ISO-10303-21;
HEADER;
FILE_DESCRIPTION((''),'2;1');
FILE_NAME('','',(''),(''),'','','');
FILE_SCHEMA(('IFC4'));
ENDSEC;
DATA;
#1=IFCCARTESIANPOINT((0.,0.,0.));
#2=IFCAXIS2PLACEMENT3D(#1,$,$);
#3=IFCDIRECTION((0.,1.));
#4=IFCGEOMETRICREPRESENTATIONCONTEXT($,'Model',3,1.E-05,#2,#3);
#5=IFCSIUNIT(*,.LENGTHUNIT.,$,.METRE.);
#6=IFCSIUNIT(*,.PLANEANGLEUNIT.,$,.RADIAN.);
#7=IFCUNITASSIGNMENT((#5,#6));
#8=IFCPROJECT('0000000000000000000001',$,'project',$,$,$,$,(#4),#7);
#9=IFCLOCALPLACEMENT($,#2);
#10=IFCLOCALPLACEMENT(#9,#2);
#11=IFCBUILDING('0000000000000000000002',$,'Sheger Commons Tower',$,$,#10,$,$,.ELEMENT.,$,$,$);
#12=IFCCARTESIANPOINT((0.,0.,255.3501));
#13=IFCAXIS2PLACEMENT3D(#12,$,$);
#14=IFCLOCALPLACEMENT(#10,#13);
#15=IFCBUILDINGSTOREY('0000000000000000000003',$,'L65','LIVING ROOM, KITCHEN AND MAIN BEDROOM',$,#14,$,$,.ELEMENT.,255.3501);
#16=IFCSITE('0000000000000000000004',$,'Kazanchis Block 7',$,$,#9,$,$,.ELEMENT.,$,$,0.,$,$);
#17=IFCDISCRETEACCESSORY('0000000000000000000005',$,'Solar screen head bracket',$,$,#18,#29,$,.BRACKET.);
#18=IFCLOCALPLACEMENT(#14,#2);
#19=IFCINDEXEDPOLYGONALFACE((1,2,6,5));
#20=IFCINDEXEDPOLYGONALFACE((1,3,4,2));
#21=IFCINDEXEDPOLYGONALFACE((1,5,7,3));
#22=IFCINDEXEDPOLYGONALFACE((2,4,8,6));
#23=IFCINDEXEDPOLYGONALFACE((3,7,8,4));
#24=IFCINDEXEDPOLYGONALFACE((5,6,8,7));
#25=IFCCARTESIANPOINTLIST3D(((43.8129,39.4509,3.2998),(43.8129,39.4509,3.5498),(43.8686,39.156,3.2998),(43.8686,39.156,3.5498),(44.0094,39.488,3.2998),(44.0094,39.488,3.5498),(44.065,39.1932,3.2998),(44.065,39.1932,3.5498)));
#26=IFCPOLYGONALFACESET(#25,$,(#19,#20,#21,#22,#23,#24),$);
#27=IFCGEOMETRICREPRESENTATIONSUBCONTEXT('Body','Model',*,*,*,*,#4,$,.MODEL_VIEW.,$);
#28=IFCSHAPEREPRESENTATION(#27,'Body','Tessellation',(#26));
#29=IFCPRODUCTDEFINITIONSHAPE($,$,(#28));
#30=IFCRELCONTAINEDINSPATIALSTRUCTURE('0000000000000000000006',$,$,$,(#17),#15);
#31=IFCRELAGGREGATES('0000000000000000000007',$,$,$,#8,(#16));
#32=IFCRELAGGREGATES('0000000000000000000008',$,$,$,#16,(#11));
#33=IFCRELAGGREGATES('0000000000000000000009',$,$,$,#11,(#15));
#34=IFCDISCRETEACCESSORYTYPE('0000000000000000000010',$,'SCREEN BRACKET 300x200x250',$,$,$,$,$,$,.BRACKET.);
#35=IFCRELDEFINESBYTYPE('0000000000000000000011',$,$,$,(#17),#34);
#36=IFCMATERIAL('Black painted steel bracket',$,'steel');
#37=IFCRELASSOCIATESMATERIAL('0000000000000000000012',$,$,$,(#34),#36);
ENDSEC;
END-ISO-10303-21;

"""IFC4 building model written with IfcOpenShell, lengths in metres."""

from ifc_helpers import new_model, si_unit, direction, frame, origin, origin_2d, place, context, subcontext, project, spatial, rectangle, extrude, material, type_object, element, save


model = new_model("IFC4")

# Units and contexts
model_context = context("Model", 3, precision=1e-05, world=origin(), true_north=direction((0.0, 1.0)))
body_context = subcontext(model_context, "Body", "Model", "MODEL_VIEW")
ifc_project = project(units=[si_unit("LENGTHUNIT", "METRE"), si_unit("PLANEANGLEUNIT", "RADIAN")], contexts=[model_context])

# Site, building, storey
site_placement = place(None, origin())
site = spatial("IfcSite", under=ifc_project, at=site_placement, Name="Kazanchis Block 7", CompositionType="ELEMENT", RefElevation=0.0)
building_placement = place(site_placement, origin())
building = spatial("IfcBuilding", under=site, at=building_placement, Name="Sheger Commons Tower", CompositionType="ELEMENT")
storey_placement = place(building_placement, frame((0.0, 0.0, 255.3501)))
storey = spatial("IfcBuildingStorey", under=building, at=storey_placement, Name="L65", Description="LIVING ROOM, KITCHEN AND MAIN BEDROOM", CompositionType="ELEMENT", Elevation=255.3501)

# Discrete accessory
ifc_material_1 = material(Name="Black painted steel bracket", Category="steel")
discrete_accessory_type = type_object("IfcDiscreteAccessoryType", Name="SCREEN BRACKET 300x200x250", PredefinedType="BRACKET", material=ifc_material_1)
for number, where, z_axis, x_axis, name in (
    (1, (43.939, 39.322, 3.2998), (0.0, 0.0, 1.0), (-0.185615, 0.982623, 0.0), "Solar screen head bracket"),
):
    element("IfcDiscreteAccessory", number, at=place(storey_placement, frame(where, z_axis=z_axis, x_axis=x_axis)), inside=storey, type_object=discrete_accessory_type, Name=name, PredefinedType="BRACKET", context=body_context, shape_type="SweptSolid", body=[
        extrude(rectangle(XDim=0.3, YDim=0.2, at=origin_2d()), origin(), (0.0, 0.0, 1.0), 0.25),
    ])

save(model, "model.ifc")
